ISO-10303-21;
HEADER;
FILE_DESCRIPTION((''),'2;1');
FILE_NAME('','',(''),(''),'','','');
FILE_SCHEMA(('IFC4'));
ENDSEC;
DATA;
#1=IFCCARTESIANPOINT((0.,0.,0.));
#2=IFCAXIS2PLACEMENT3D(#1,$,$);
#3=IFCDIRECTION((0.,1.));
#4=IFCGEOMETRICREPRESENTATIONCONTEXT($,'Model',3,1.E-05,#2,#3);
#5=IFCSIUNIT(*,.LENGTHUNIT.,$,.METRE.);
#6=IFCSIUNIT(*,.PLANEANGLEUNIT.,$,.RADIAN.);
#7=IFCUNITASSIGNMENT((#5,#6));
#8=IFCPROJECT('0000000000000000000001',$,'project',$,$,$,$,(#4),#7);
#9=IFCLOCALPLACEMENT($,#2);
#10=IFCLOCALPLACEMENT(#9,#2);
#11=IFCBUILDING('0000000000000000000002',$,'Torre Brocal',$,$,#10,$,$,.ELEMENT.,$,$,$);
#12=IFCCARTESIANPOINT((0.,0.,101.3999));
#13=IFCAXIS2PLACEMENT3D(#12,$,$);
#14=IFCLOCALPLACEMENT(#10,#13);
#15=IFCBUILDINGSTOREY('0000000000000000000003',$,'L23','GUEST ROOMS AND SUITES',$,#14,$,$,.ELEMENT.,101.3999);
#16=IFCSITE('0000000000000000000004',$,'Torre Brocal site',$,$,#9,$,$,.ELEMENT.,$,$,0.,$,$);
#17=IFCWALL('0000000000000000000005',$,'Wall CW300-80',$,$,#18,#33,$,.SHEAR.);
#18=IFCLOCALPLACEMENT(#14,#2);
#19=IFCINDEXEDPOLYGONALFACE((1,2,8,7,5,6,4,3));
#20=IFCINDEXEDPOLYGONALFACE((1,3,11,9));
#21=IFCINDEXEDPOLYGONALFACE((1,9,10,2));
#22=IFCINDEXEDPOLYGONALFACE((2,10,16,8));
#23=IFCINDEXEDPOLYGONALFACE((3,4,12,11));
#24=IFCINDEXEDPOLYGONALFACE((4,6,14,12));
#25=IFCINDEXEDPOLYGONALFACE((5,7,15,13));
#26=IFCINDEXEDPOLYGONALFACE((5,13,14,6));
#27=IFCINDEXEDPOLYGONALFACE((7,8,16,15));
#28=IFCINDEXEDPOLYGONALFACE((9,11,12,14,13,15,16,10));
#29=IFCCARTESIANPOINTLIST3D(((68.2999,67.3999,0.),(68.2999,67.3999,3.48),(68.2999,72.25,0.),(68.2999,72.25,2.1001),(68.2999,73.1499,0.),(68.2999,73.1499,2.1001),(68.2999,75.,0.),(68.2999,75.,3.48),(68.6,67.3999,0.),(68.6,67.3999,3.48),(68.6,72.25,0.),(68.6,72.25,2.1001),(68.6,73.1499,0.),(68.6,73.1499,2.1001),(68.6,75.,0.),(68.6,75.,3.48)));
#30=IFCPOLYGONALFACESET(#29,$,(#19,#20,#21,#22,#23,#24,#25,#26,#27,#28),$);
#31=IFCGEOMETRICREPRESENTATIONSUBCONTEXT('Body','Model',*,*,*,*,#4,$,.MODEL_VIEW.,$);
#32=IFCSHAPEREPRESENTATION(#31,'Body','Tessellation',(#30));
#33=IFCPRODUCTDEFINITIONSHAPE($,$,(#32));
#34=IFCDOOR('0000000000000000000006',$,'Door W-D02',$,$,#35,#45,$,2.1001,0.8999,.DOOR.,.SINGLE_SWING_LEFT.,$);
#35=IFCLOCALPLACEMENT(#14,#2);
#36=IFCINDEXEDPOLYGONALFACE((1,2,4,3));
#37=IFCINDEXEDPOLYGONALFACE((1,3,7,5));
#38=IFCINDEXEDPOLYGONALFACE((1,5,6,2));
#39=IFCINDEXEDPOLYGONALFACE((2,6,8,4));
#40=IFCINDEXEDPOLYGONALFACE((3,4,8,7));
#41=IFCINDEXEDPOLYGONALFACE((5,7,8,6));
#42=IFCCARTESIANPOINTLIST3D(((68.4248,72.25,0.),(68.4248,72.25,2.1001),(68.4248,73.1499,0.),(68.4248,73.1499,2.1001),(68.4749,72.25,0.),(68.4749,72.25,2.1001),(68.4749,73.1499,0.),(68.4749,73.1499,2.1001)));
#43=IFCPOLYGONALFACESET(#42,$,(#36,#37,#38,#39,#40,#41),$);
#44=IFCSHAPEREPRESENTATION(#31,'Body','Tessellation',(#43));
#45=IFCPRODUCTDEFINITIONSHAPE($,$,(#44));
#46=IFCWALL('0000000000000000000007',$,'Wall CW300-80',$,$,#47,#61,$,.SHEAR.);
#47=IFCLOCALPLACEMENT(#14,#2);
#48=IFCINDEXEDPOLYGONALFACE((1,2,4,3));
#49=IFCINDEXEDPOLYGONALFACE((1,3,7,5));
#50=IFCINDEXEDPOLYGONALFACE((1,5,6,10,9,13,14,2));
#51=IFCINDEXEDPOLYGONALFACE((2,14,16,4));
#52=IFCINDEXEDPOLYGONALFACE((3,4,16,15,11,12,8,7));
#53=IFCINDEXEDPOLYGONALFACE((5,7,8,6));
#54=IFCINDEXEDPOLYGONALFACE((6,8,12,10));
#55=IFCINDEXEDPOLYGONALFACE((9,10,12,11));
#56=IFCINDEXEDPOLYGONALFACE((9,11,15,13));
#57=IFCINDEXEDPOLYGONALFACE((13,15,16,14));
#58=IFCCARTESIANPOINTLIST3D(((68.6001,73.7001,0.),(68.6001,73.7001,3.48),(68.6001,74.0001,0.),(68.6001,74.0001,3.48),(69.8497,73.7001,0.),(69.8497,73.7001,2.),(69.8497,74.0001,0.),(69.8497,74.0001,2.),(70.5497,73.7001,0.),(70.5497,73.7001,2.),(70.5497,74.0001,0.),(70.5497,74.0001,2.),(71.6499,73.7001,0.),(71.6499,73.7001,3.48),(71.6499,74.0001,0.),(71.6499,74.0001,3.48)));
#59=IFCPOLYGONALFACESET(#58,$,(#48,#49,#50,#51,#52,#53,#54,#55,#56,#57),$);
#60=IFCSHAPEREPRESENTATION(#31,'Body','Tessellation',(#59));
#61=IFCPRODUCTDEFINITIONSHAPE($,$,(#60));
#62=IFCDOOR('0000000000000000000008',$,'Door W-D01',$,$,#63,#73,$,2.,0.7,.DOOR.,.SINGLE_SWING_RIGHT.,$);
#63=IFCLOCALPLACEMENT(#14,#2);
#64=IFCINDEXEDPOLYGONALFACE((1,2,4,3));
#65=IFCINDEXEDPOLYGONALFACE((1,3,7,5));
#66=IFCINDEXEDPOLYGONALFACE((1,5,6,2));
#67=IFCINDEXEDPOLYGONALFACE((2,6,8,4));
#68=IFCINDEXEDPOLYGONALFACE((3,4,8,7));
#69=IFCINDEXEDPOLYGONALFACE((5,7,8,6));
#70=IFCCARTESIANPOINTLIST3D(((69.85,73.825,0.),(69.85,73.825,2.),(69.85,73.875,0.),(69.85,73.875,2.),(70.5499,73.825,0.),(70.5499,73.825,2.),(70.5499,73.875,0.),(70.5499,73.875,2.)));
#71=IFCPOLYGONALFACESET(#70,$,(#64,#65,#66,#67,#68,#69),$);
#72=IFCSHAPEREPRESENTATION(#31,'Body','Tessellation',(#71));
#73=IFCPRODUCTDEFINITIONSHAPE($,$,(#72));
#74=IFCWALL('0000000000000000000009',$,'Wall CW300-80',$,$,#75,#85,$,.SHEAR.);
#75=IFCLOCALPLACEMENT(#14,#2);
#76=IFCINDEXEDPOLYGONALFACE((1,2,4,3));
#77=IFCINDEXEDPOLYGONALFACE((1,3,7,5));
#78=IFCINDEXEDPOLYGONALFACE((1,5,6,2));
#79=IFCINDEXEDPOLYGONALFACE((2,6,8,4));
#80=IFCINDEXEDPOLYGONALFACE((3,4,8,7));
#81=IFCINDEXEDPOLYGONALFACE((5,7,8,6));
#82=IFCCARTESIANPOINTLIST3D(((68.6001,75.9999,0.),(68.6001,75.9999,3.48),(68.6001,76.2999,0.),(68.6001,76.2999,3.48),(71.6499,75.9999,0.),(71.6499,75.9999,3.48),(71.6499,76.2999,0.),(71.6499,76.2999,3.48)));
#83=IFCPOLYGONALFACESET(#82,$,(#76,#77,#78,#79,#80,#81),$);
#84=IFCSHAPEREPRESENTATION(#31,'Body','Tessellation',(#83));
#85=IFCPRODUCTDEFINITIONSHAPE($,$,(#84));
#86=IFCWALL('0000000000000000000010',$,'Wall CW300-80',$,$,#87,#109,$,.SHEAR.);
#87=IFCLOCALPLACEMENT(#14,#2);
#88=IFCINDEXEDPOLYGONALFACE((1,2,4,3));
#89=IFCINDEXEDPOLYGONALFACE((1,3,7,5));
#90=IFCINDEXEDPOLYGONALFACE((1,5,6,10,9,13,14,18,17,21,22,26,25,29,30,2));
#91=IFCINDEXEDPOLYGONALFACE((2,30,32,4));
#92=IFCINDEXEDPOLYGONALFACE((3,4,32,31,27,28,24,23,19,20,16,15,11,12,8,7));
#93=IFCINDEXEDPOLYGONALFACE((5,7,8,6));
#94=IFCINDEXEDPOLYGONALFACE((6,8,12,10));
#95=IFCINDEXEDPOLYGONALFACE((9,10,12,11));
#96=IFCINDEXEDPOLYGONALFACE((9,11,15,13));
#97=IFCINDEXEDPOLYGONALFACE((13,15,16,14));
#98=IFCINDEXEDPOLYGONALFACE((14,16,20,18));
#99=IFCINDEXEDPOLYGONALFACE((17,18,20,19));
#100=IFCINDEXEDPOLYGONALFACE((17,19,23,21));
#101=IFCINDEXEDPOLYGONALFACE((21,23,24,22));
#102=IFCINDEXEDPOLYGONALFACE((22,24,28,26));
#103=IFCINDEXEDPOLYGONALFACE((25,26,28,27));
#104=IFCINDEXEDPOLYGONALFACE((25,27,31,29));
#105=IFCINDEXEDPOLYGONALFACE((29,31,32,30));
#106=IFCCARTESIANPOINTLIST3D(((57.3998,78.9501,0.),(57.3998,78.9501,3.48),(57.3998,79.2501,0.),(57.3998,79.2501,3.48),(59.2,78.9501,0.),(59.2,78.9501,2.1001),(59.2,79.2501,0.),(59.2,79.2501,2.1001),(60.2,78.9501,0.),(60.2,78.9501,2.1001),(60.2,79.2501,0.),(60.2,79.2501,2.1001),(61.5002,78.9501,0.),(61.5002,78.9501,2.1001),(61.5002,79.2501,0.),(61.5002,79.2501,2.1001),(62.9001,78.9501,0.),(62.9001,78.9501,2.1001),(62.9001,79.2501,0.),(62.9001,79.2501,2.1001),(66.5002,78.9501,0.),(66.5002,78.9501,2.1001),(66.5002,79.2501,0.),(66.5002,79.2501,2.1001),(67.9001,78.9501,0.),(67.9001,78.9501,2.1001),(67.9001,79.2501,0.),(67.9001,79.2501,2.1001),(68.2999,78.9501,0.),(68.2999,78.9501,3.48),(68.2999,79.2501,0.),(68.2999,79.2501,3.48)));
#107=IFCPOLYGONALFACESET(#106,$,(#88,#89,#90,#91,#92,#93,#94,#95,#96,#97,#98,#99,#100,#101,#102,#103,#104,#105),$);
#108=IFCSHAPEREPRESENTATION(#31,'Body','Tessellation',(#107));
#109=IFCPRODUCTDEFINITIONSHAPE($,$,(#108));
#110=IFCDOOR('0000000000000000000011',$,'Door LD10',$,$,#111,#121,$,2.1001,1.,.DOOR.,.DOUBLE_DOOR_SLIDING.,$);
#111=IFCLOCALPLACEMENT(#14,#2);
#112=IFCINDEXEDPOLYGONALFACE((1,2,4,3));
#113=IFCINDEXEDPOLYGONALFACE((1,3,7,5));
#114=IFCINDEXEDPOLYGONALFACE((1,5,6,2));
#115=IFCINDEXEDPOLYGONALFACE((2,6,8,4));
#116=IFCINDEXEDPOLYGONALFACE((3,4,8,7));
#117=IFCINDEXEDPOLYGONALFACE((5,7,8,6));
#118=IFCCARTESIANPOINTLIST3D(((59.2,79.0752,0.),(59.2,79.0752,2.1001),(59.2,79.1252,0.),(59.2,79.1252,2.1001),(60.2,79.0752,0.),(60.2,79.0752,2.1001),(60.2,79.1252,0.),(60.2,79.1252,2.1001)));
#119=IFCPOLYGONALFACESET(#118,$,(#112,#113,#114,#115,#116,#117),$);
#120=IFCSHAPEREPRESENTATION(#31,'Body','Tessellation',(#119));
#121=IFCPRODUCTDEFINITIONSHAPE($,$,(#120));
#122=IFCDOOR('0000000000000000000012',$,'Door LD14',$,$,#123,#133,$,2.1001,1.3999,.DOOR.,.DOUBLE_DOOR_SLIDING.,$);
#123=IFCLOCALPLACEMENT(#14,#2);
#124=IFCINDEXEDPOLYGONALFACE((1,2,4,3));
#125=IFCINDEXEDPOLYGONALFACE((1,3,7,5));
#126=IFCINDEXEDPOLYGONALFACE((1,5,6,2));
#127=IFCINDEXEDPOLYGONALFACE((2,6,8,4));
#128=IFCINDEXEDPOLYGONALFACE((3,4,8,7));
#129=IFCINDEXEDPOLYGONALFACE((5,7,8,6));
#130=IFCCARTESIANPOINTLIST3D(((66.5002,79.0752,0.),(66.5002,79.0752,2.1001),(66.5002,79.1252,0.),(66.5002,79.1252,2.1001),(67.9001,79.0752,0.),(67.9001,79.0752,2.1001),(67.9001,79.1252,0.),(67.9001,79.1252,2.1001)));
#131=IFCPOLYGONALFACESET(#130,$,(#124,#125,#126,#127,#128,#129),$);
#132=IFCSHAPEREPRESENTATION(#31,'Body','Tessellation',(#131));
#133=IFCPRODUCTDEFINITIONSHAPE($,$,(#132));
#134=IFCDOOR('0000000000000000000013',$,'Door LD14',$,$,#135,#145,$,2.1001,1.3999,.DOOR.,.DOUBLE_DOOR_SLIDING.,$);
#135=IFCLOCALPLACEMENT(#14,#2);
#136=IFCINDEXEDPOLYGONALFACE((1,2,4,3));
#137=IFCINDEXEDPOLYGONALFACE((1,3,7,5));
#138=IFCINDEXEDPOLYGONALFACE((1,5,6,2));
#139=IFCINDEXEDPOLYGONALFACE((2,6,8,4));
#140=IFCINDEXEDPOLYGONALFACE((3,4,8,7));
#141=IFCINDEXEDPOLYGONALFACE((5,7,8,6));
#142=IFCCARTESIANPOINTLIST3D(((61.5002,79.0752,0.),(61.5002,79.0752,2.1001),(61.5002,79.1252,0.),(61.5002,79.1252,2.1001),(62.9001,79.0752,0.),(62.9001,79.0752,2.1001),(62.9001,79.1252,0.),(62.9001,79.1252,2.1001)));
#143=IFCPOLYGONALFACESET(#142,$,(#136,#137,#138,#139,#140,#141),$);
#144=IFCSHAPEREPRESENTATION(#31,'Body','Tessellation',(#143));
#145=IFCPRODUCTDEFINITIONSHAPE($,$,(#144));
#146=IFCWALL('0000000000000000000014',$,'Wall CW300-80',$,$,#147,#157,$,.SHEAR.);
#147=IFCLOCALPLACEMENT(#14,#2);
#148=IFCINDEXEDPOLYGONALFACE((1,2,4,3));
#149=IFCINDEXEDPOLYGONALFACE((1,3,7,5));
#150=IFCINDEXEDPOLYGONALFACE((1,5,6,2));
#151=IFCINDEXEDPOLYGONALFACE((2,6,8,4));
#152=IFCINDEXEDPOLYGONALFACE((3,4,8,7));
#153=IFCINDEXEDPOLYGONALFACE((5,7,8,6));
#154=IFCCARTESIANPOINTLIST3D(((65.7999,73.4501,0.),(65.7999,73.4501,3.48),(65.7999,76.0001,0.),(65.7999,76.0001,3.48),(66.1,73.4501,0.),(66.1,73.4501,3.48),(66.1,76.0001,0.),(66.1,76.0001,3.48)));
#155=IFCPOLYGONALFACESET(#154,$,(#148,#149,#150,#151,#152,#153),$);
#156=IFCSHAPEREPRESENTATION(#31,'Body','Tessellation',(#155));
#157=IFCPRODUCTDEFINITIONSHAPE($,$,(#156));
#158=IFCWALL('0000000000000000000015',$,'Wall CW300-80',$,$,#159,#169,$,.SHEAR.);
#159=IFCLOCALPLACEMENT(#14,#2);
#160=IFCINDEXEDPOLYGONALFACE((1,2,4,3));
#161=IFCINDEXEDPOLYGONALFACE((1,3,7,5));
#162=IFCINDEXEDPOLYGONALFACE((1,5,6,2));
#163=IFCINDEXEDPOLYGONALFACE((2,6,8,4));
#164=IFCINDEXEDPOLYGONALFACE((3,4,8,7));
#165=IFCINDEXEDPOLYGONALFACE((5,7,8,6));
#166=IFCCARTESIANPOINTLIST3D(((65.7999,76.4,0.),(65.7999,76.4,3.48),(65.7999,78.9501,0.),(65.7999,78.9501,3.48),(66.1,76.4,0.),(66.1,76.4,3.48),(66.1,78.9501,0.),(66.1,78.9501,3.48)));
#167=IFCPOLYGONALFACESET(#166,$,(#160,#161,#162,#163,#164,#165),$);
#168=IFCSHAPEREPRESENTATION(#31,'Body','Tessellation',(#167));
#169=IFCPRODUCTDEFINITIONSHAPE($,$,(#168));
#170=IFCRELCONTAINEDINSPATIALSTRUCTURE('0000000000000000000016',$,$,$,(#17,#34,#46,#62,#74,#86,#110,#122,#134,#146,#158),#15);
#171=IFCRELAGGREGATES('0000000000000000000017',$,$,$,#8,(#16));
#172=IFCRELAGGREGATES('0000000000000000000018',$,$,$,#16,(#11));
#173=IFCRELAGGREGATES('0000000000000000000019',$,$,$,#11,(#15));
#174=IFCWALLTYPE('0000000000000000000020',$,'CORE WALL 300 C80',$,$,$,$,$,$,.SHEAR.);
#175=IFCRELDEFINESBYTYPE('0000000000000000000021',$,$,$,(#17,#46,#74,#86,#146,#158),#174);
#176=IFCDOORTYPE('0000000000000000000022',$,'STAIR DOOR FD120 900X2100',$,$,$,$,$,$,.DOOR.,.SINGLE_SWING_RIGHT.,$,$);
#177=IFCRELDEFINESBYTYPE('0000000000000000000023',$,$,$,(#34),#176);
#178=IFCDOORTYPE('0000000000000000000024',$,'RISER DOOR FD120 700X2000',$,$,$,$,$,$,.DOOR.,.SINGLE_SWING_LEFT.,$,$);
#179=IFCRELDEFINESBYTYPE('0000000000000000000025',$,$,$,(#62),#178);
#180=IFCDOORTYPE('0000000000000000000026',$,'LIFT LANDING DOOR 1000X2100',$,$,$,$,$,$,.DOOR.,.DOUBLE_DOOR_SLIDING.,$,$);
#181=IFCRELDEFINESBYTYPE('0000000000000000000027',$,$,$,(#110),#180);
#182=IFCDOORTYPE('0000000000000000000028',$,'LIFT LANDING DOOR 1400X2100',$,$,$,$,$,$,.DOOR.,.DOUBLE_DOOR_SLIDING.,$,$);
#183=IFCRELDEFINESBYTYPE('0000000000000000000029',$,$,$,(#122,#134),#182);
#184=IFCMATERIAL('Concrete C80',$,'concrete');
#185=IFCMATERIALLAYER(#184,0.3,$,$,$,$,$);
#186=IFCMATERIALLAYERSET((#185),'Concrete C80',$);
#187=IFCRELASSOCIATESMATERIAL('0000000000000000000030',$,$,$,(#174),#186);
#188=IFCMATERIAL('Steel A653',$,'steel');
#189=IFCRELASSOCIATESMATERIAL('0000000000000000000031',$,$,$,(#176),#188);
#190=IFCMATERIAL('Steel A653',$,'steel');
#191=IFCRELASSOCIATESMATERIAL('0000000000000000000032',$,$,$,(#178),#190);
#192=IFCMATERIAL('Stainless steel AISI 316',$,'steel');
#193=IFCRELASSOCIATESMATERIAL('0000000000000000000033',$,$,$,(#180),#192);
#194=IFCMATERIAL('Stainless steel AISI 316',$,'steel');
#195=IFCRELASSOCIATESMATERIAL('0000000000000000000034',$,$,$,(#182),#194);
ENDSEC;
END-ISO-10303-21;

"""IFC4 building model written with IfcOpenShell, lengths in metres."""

from ifc_helpers import new_model, si_unit, direction, frame, frame_2d, origin, place, context, subcontext, project, spatial, rectangle, extrude, material, layer, layer_set, type_object, element, fill, save


model = new_model("IFC4")

# Units and contexts
model_context = context("Model", 3, precision=1e-05, world=origin(), true_north=direction((0.0, 1.0)))
body_context = subcontext(model_context, "Body", "Model", "MODEL_VIEW")
ifc_project = project(units=[si_unit("LENGTHUNIT", "METRE"), si_unit("PLANEANGLEUNIT", "RADIAN")], contexts=[model_context])

# Site, building, storey
site_placement = place(None, origin())
site = spatial("IfcSite", under=ifc_project, at=site_placement, Name="Torre Brocal site", CompositionType="ELEMENT", RefElevation=0.0)
building_placement = place(site_placement, origin())
building = spatial("IfcBuilding", under=site, at=building_placement, Name="Torre Brocal", CompositionType="ELEMENT")
storey_placement = place(building_placement, frame((0.0, 0.0, 101.3999)))
storey = spatial("IfcBuildingStorey", under=building, at=storey_placement, Name="L23", Description="GUEST ROOMS AND SUITES", CompositionType="ELEMENT", Elevation=101.3999)

# Walls, openings, doors
ifc_material_1 = material(Name="Concrete C80", Category="concrete")
ifc_layer_1 = layer(ifc_material_1, 0.3)
ifc_layer_set_1 = layer_set([ifc_layer_1], Name="Concrete C80")
wall_type_1 = type_object("IfcWallType", Name="CORE WALL 300 C80", PredefinedType="SHEAR", material=ifc_layer_set_1)
wall_1_placement = place(storey_placement, frame((68.45, 75.0, 0.0), z_axis=(0.0, 0.0, 1.0), x_axis=(0.0, -1.0, 0.0)))
wall_1 = element("IfcWall", 1, at=wall_1_placement, inside=storey, type_object=wall_type_1, Name="Wall CW300-80", PredefinedType="SHEAR", context=body_context, shape_type="SweptSolid", body=[
    extrude(rectangle(XDim=7.6001, YDim=0.3, at=frame_2d((3.8, 0.0))), origin(), (0.0, 0.0, 1.0), 3.48),
])
opening_1_placement = place(wall_1_placement, frame((1.8501, 0.0, 0.0)))
opening_1 = element("IfcOpeningElement", 2, at=opening_1_placement, cuts=wall_1, PredefinedType="OPENING", context=body_context, shape_type="SweptSolid", body=[
    extrude(rectangle(XDim=0.8999, YDim=2.1001, at=frame_2d((0.45, 1.05))), frame((0.0, 0.1599, 0.0), z_axis=(0.0, -1.0, 0.0), x_axis=(1.0, 0.0, 0.0)), (0.0, 0.0, 1.0), 0.3201),
])
ifc_material_2 = material(Name="Steel A653", Category="steel")
door_type_1 = type_object("IfcDoorType", Name="STAIR DOOR FD120 900X2100", OperationType="SINGLE_SWING_RIGHT", PredefinedType="DOOR", material=ifc_material_2)
door_1_placement = place(opening_1_placement, origin())
door_1 = element("IfcDoor", 3, at=door_1_placement, inside=storey, type_object=door_type_1, Name="Door W-D02", OperationType="SINGLE_SWING_LEFT", OverallHeight=2.1001, OverallWidth=0.8999, PredefinedType="DOOR", context=body_context, shape_type="SweptSolid", body=[
    extrude(rectangle(XDim=0.8999, YDim=2.1001, at=frame_2d((0.45, 1.05))), frame((0.0, 0.0249, 0.0), z_axis=(0.0, -1.0, 0.0), x_axis=(1.0, 0.0, 0.0)), (0.0, 0.0, 1.0), 0.05),
])
fill(opening_1, door_1)
wall_2_placement = place(storey_placement, frame((71.6499, 73.8501, 0.0), z_axis=(0.0, 0.0, 1.0), x_axis=(-1.0, 0.0, 0.0)))
wall_2 = element("IfcWall", 4, at=wall_2_placement, inside=storey, type_object=wall_type_1, Name="Wall CW300-80", PredefinedType="SHEAR", context=body_context, shape_type="SweptSolid", body=[
    extrude(rectangle(XDim=3.0498, YDim=0.3, at=frame_2d((1.5249, 0.0))), origin(), (0.0, 0.0, 1.0), 3.48),
])
opening_2_placement = place(wall_2_placement, frame((1.1001, 0.0, 0.0)))
opening_2 = element("IfcOpeningElement", 5, at=opening_2_placement, cuts=wall_2, PredefinedType="OPENING", context=body_context, shape_type="SweptSolid", body=[
    extrude(rectangle(XDim=0.7, YDim=2.0, at=frame_2d((0.3501, 1.0))), frame((0.0, 0.1599, 0.0), z_axis=(0.0, -1.0, 0.0), x_axis=(1.0, 0.0, 0.0)), (0.0, 0.0, 1.0), 0.3201),
])
ifc_material_3 = material(Name="Steel A653", Category="steel")
door_type_2 = type_object("IfcDoorType", Name="RISER DOOR FD120 700X2000", OperationType="SINGLE_SWING_LEFT", PredefinedType="DOOR", material=ifc_material_3)
door_2_placement = place(opening_2_placement, frame((0.7, 0.0, 0.0), z_axis=(0.0, 0.0, 1.0), x_axis=(-1.0, 0.0, 0.0)))
door_2 = element("IfcDoor", 6, at=door_2_placement, inside=storey, type_object=door_type_2, Name="Door W-D01", OperationType="SINGLE_SWING_RIGHT", OverallHeight=2.0, OverallWidth=0.7, PredefinedType="DOOR", context=body_context, shape_type="SweptSolid", body=[
    extrude(rectangle(XDim=0.7, YDim=2.0, at=frame_2d((0.3501, 1.0))), frame((0.0, 0.0249, 0.0), z_axis=(0.0, -1.0, 0.0), x_axis=(1.0, 0.0, 0.0)), (0.0, 0.0, 1.0), 0.05),
])
fill(opening_2, door_2)

# Wall
wall_3_placement = place(storey_placement, frame((71.6499, 76.1499, 0.0), z_axis=(0.0, 0.0, 1.0), x_axis=(-1.0, 0.0, 0.0)))
element("IfcWall", 7, at=wall_3_placement, inside=storey, type_object=wall_type_1, Name="Wall CW300-80", PredefinedType="SHEAR", context=body_context, shape_type="SweptSolid", body=[
    extrude(rectangle(XDim=3.0498, YDim=0.3, at=frame_2d((1.5249, 0.0))), origin(), (0.0, 0.0, 1.0), 3.48),
])

# Wall, openings, doors
wall_4_placement = place(storey_placement, frame((68.3, 79.1001, 0.0), z_axis=(0.0, 0.0, 1.0), x_axis=(-1.0, 0.0, 0.0)))
wall_4 = element("IfcWall", 8, at=wall_4_placement, inside=storey, type_object=wall_type_1, Name="Wall CW300-80", PredefinedType="SHEAR", context=body_context, shape_type="SweptSolid", body=[
    extrude(rectangle(XDim=10.9001, YDim=0.3, at=frame_2d((5.4502, 0.0))), origin(), (0.0, 0.0, 1.0), 3.48),
])
opening_3_placement = place(wall_4_placement, frame((0.3999, 0.0, 0.0)))
opening_3 = element("IfcOpeningElement", 9, at=opening_3_placement, cuts=wall_4, PredefinedType="OPENING", context=body_context, shape_type="SweptSolid", body=[
    extrude(rectangle(XDim=1.3999, YDim=2.1001, at=frame_2d((0.7, 1.05))), frame((0.0, 0.1599, 0.0), z_axis=(0.0, -1.0, 0.0), x_axis=(1.0, 0.0, 0.0)), (0.0, 0.0, 1.0), 0.3201),
])
opening_4_placement = place(wall_4_placement, frame((5.3999, 0.0, 0.0)))
opening_4 = element("IfcOpeningElement", 10, at=opening_4_placement, cuts=wall_4, PredefinedType="OPENING", context=body_context, shape_type="SweptSolid", body=[
    extrude(rectangle(XDim=1.3999, YDim=2.1001, at=frame_2d((0.7, 1.05))), frame((0.0, 0.1599, 0.0), z_axis=(0.0, -1.0, 0.0), x_axis=(1.0, 0.0, 0.0)), (0.0, 0.0, 1.0), 0.3201),
])
opening_5_placement = place(wall_4_placement, frame((8.1001, 0.0, 0.0)))
opening_5 = element("IfcOpeningElement", 11, at=opening_5_placement, cuts=wall_4, PredefinedType="OPENING", context=body_context, shape_type="SweptSolid", body=[
    extrude(rectangle(XDim=1.0, YDim=2.1001, at=frame_2d((0.5, 1.05))), frame((0.0, 0.1599, 0.0), z_axis=(0.0, -1.0, 0.0), x_axis=(1.0, 0.0, 0.0)), (0.0, 0.0, 1.0), 0.3201),
])
ifc_material_4 = material(Name="Stainless steel AISI 316", Category="steel")
door_type_3 = type_object("IfcDoorType", Name="LIFT LANDING DOOR 1000X2100", OperationType="DOUBLE_DOOR_SLIDING", PredefinedType="DOOR", material=ifc_material_4)
door_3_placement = place(opening_5_placement, origin())
door_3 = element("IfcDoor", 12, at=door_3_placement, inside=storey, type_object=door_type_3, Name="Door LD10", OperationType="DOUBLE_DOOR_SLIDING", OverallHeight=2.1001, OverallWidth=1.0, PredefinedType="DOOR", context=body_context, shape_type="SweptSolid", body=[
    extrude(rectangle(XDim=1.0, YDim=2.1001, at=frame_2d((0.5, 1.05))), frame((0.0, 0.0249, 0.0), z_axis=(0.0, -1.0, 0.0), x_axis=(1.0, 0.0, 0.0)), (0.0, 0.0, 1.0), 0.05),
])
fill(opening_5, door_3)
ifc_material_5 = material(Name="Stainless steel AISI 316", Category="steel")
door_type_4 = type_object("IfcDoorType", Name="LIFT LANDING DOOR 1400X2100", OperationType="DOUBLE_DOOR_SLIDING", PredefinedType="DOOR", material=ifc_material_5)
door_4_placement = place(opening_3_placement, origin())
door_4 = element("IfcDoor", 13, at=door_4_placement, inside=storey, type_object=door_type_4, Name="Door LD14", OperationType="DOUBLE_DOOR_SLIDING", OverallHeight=2.1001, OverallWidth=1.3999, PredefinedType="DOOR", context=body_context, shape_type="SweptSolid", body=[
    extrude(rectangle(XDim=1.3999, YDim=2.1001, at=frame_2d((0.7, 1.05))), frame((0.0, 0.0249, 0.0), z_axis=(0.0, -1.0, 0.0), x_axis=(1.0, 0.0, 0.0)), (0.0, 0.0, 1.0), 0.05),
])
fill(opening_3, door_4)
door_5_placement = place(opening_4_placement, origin())
door_5 = element("IfcDoor", 14, at=door_5_placement, inside=storey, type_object=door_type_4, Name="Door LD14", OperationType="DOUBLE_DOOR_SLIDING", OverallHeight=2.1001, OverallWidth=1.3999, PredefinedType="DOOR", context=body_context, shape_type="SweptSolid", body=[
    extrude(rectangle(XDim=1.3999, YDim=2.1001, at=frame_2d((0.7, 1.05))), frame((0.0, 0.0249, 0.0), z_axis=(0.0, -1.0, 0.0), x_axis=(1.0, 0.0, 0.0)), (0.0, 0.0, 1.0), 0.05),
])
fill(opening_4, door_5)

# Walls
for number, where, z_axis, x_axis, name in (
    (15, (65.95, 76.0, 0.0), (0.0, 0.0, 1.0), (0.0, -1.0, 0.0), "Wall CW300-80"),
    (16, (65.95, 78.95, 0.0), (0.0, 0.0, 1.0), (0.0, -1.0, 0.0), "Wall CW300-80"),
):
    element("IfcWall", number, at=place(storey_placement, frame(where, z_axis=z_axis, x_axis=x_axis)), inside=storey, type_object=wall_type_1, Name=name, PredefinedType="SHEAR", context=body_context, shape_type="SweptSolid", body=[
        extrude(rectangle(XDim=2.55, YDim=0.3, at=frame_2d((1.2749, 0.0))), origin(), (0.0, 0.0, 1.0), 3.48),
    ])

save(model, "model.ifc")
